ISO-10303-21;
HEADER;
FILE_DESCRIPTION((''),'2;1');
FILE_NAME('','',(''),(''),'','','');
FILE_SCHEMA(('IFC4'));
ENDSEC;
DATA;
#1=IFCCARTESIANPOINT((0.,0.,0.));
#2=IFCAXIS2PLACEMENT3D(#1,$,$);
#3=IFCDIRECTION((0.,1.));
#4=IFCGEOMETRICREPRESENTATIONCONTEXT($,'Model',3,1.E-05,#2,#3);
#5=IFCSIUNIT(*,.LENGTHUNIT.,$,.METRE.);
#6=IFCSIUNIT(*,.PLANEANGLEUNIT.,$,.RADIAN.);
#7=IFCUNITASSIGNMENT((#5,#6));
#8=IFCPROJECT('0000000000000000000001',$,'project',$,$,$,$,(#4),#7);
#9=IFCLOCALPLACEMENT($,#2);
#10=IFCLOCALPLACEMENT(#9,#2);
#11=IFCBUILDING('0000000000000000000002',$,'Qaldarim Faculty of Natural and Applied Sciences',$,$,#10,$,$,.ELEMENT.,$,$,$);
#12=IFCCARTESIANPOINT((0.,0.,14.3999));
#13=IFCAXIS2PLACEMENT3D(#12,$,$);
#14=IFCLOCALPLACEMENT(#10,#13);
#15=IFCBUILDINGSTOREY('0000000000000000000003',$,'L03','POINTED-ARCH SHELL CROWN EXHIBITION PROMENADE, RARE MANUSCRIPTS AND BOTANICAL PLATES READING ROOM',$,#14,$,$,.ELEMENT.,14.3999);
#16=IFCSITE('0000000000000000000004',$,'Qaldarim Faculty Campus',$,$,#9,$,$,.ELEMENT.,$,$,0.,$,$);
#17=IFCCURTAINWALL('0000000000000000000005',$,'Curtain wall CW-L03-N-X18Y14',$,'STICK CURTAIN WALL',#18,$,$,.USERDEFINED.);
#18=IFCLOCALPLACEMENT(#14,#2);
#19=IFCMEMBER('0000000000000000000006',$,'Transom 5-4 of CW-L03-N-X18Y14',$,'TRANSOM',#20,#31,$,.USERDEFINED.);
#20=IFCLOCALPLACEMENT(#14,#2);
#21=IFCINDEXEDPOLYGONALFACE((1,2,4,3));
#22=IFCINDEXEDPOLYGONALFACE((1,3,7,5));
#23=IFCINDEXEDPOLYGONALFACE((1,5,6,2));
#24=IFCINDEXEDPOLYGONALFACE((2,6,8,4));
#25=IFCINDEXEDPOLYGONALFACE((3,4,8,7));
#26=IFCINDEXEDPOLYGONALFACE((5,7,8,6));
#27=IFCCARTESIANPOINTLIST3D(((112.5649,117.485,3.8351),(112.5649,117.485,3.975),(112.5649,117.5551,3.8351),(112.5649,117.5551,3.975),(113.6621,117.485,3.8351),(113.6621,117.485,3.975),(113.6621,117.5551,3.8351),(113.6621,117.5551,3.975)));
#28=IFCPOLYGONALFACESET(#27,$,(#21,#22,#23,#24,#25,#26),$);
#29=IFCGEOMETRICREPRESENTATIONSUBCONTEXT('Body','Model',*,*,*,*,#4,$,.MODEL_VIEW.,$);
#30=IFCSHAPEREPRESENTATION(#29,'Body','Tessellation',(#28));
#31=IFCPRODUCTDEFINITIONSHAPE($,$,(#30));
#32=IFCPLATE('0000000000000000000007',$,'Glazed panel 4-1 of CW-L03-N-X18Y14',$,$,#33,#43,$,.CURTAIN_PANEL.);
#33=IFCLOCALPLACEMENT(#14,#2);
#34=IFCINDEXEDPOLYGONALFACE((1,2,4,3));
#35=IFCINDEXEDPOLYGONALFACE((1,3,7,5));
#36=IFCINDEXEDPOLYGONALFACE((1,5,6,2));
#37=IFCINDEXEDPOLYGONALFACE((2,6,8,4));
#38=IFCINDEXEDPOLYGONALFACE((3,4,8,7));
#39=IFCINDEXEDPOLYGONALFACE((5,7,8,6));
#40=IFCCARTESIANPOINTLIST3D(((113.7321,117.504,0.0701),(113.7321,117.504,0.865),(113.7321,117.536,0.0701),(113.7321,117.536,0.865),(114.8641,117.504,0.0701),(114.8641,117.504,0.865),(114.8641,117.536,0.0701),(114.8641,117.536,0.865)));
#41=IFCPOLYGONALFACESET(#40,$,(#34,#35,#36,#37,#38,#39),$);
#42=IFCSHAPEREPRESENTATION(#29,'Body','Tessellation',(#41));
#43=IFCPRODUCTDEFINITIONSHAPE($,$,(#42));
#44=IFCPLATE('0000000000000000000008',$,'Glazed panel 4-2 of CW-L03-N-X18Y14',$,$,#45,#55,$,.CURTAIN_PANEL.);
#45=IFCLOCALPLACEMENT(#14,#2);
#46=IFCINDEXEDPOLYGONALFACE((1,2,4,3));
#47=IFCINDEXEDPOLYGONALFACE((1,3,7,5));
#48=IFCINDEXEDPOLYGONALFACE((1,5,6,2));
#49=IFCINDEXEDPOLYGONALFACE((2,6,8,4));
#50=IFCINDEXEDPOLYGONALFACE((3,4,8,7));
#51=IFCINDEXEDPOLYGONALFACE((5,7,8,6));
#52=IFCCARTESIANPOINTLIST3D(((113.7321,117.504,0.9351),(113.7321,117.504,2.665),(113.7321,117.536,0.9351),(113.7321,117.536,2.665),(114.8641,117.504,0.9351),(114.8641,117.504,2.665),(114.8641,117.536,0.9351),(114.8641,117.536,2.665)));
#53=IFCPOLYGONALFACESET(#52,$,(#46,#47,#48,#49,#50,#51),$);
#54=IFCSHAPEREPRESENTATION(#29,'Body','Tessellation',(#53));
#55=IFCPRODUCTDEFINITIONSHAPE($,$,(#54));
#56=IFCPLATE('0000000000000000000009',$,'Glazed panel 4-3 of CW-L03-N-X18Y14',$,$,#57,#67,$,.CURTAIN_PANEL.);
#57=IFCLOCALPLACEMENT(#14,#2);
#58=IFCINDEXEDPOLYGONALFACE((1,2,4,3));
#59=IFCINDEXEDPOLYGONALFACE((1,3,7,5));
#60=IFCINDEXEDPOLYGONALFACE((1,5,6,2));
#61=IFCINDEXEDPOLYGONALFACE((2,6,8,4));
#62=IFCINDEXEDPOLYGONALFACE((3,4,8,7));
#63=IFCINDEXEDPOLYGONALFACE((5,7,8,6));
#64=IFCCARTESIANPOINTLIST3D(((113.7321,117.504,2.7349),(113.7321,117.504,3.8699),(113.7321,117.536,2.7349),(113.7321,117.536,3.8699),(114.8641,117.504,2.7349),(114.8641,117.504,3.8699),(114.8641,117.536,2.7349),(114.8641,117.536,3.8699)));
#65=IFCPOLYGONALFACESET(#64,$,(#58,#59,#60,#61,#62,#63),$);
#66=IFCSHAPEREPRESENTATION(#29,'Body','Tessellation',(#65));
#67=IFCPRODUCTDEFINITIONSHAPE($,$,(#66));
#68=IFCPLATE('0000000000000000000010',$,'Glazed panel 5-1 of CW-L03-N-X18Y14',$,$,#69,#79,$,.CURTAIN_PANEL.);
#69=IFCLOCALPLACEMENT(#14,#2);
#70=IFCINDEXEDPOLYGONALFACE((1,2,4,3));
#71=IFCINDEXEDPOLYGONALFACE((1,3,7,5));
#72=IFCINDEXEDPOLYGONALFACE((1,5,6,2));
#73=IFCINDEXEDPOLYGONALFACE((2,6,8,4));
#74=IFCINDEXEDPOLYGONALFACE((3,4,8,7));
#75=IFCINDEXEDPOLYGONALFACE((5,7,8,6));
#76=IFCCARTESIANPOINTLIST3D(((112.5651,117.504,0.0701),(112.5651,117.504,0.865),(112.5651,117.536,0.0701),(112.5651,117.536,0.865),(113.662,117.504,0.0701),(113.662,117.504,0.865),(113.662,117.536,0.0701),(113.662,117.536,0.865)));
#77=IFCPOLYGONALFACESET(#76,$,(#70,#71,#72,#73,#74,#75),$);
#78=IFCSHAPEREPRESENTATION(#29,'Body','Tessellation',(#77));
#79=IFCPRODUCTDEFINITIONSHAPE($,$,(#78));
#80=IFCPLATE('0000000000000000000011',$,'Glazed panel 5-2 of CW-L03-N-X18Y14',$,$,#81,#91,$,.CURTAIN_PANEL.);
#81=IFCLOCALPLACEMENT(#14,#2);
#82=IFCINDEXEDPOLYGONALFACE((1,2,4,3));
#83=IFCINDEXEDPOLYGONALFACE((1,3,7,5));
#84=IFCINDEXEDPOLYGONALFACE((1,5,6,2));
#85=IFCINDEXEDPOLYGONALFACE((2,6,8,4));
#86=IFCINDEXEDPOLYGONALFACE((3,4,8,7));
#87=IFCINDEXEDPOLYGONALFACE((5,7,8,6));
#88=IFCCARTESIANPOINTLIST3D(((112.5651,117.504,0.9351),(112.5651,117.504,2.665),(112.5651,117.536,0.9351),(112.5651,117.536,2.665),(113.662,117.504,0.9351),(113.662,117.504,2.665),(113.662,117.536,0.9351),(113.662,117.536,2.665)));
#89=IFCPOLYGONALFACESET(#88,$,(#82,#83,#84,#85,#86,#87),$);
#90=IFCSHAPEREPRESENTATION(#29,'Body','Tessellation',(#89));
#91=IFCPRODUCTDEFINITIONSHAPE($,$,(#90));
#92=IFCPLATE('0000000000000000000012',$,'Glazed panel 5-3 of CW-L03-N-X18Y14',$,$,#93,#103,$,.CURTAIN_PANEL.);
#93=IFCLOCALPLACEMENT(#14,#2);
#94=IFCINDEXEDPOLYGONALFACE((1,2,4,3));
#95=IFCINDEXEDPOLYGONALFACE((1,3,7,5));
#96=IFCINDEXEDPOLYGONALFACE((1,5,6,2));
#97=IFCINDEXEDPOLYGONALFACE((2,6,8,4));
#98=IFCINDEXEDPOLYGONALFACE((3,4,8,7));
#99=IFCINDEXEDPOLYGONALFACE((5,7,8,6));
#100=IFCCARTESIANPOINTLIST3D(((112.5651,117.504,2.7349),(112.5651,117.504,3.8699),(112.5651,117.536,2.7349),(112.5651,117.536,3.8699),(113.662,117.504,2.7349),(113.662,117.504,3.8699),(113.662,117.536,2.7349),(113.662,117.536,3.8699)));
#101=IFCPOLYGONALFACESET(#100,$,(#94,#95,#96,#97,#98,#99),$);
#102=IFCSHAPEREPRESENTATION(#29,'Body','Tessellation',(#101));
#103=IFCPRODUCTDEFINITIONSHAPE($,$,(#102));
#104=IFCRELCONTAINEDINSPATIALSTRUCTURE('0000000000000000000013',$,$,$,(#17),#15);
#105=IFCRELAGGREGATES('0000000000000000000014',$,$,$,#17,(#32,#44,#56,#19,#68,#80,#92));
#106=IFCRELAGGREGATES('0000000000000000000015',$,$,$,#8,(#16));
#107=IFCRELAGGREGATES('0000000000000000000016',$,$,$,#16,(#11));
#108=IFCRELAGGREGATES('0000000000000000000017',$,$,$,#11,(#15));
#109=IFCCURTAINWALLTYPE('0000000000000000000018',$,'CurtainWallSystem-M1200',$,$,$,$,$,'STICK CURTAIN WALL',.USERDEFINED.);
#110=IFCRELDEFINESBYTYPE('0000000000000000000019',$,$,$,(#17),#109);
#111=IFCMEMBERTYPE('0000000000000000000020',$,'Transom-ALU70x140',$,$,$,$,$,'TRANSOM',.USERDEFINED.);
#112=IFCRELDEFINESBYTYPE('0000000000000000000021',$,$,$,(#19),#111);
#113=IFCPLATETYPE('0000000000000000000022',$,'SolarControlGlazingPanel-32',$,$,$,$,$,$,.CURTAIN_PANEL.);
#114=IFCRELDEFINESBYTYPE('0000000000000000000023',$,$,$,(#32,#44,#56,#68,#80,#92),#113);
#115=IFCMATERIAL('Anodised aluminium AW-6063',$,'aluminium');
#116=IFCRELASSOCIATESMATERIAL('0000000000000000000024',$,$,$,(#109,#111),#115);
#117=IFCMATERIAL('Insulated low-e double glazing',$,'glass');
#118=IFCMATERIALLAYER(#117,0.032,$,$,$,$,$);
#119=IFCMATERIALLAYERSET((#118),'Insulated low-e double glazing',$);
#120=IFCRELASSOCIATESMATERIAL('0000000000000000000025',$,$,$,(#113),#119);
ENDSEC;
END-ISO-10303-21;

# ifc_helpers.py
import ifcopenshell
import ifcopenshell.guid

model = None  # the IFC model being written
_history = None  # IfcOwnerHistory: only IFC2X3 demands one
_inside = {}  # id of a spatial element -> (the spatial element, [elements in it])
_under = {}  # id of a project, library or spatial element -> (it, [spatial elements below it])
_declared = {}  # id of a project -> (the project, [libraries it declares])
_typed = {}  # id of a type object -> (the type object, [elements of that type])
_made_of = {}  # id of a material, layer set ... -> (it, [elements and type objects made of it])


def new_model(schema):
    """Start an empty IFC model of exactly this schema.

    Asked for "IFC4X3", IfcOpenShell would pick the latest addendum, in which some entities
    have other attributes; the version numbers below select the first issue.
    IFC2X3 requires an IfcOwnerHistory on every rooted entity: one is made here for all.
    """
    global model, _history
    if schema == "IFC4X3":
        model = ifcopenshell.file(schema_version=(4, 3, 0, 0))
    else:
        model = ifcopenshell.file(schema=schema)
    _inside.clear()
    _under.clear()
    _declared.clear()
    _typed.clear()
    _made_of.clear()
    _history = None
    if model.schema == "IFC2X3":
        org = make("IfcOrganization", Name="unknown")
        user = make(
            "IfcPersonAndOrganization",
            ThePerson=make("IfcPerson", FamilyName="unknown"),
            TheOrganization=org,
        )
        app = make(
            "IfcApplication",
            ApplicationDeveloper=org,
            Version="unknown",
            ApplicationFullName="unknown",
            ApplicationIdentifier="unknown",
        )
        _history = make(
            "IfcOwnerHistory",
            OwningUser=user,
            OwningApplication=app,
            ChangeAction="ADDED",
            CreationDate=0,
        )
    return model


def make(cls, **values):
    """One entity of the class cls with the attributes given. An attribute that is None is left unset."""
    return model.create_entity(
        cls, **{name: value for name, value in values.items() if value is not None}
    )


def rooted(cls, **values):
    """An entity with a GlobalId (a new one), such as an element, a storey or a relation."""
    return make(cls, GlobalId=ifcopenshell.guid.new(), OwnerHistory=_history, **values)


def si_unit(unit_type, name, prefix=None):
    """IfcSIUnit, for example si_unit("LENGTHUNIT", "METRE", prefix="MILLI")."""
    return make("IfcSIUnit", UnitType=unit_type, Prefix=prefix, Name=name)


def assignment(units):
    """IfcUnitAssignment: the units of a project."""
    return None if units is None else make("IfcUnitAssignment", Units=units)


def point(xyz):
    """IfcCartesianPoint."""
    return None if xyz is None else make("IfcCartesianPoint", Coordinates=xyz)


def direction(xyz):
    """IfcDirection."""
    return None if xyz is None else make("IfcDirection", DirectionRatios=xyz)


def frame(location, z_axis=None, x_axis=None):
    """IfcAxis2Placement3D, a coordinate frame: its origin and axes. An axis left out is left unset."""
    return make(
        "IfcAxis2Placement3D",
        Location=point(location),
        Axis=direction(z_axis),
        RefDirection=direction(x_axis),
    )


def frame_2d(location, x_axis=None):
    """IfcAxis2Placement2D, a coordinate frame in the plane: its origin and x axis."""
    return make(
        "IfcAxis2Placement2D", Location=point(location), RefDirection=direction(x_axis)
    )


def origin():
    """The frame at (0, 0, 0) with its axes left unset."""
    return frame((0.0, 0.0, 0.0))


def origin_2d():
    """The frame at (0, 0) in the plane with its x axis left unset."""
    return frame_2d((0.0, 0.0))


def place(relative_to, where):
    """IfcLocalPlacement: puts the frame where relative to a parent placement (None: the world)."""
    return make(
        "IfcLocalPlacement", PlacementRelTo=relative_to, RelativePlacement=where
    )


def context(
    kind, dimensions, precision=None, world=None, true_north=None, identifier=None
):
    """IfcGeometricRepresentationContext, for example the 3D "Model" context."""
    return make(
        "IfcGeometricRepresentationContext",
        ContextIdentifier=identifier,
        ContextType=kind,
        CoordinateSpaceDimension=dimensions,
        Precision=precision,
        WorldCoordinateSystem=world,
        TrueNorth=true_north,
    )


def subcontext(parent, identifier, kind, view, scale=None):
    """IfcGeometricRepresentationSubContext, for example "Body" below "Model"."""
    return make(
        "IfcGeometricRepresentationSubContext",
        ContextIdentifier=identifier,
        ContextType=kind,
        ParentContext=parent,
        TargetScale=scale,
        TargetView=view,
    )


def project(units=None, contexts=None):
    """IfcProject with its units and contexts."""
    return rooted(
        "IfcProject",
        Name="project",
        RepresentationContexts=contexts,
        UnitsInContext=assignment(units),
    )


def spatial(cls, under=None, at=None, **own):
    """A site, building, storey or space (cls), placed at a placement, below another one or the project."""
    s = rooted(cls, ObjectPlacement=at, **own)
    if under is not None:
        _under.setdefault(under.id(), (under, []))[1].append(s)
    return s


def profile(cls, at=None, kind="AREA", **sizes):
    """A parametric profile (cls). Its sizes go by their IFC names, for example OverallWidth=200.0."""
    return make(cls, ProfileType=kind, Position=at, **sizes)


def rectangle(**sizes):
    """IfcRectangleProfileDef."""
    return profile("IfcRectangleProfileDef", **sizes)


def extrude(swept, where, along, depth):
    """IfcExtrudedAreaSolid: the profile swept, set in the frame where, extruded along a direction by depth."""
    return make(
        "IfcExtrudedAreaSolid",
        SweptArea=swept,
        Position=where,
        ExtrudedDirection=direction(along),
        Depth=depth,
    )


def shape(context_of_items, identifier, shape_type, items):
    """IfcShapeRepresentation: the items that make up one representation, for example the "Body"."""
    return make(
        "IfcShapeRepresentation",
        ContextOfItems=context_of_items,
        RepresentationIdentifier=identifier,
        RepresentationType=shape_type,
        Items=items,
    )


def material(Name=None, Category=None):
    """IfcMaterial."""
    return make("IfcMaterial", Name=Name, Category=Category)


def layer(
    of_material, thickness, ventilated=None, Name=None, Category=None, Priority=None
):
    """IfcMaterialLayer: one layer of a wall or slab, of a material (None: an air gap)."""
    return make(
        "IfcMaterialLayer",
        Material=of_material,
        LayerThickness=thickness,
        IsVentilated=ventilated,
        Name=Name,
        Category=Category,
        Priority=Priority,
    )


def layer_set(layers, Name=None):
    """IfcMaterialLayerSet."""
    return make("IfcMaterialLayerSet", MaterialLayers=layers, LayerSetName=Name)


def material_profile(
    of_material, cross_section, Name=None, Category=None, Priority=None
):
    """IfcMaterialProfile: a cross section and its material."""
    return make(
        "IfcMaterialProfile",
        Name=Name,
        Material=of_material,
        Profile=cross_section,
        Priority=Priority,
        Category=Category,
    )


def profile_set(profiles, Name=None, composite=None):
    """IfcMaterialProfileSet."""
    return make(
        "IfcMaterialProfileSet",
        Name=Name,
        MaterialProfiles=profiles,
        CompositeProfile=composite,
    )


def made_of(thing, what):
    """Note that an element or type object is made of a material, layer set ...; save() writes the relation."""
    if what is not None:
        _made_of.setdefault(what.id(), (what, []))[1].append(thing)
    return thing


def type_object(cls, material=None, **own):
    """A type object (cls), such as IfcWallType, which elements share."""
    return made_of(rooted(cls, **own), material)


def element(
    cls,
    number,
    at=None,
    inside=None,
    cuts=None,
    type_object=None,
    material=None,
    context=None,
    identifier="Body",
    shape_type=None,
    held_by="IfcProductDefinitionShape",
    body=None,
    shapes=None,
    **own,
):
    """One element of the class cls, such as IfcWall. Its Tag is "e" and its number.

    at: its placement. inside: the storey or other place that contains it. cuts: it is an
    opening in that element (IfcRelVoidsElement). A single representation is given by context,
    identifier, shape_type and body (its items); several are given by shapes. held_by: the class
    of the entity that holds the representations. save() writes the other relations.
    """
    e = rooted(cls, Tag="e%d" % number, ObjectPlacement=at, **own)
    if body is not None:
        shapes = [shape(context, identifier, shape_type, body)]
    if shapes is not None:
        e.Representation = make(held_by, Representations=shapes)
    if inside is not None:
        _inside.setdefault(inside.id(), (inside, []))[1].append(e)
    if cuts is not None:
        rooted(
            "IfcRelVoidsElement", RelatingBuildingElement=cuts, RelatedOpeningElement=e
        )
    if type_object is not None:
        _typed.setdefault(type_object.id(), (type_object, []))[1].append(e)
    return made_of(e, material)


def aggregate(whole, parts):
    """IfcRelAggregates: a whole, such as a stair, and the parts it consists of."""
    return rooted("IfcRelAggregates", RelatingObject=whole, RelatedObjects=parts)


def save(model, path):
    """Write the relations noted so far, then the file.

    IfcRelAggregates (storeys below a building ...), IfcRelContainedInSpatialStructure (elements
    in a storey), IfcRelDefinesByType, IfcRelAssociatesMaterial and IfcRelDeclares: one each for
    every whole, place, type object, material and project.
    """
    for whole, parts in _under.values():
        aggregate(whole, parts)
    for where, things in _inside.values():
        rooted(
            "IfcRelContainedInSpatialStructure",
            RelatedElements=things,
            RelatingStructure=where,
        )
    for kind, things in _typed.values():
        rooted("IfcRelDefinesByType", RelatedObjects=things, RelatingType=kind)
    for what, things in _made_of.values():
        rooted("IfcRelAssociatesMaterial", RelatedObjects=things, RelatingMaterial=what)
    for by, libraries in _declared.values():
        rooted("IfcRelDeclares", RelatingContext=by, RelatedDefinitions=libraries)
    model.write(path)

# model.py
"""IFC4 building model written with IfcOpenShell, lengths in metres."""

from ifc_helpers import new_model, si_unit, direction, frame, origin, origin_2d, place, context, subcontext, project, spatial, rectangle, extrude, material, layer, layer_set, material_profile, profile_set, type_object, element, aggregate, save


model = new_model("IFC4")

# Units and contexts
model_context = context("Model", 3, precision=1e-05, world=origin(), true_north=direction((0.0, 1.0)))
body_context = subcontext(model_context, "Body", "Model", "MODEL_VIEW")
ifc_project = project(units=[si_unit("LENGTHUNIT", "METRE"), si_unit("PLANEANGLEUNIT", "RADIAN")], contexts=[model_context])

# Site, building, storey
site_placement = place(None, origin())
site = spatial("IfcSite", under=ifc_project, at=site_placement, Name="Qaldarim Faculty Campus", CompositionType="ELEMENT", RefElevation=0.0)
building_placement = place(site_placement, origin())
building = spatial("IfcBuilding", under=site, at=building_placement, Name="Qaldarim Faculty of Natural and Applied Sciences", CompositionType="ELEMENT")
storey_placement = place(building_placement, frame((0.0, 0.0, 14.3999)))
storey = spatial("IfcBuildingStorey", under=building, at=storey_placement, Name="L03", Description="POINTED-ARCH SHELL CROWN EXHIBITION PROMENADE, RARE MANUSCRIPTS AND BOTANICAL PLATES READING ROOM", CompositionType="ELEMENT", Elevation=14.3999)

# Curtain wall, member, plates
ifc_material_1 = material(Name="Anodised aluminium AW-6063", Category="aluminium")
curtain_wall_type = type_object("IfcCurtainWallType", Name="CurtainWallSystem-M1200", ElementType="STICK CURTAIN WALL", PredefinedType="USERDEFINED", material=ifc_material_1)
curtain_wall_placement = place(storey_placement, origin())
curtain_wall = element("IfcCurtainWall", 1, at=curtain_wall_placement, inside=storey, type_object=curtain_wall_type, Name="Curtain wall CW-L03-N-X18Y14", ObjectType="STICK CURTAIN WALL", PredefinedType="USERDEFINED")
ifc_material_profile_1 = material_profile(ifc_material_1, rectangle(XDim=0.0701, YDim=0.1399, at=origin_2d()), Name="ALU-T70x140")
ifc_profile_set_1 = profile_set([ifc_material_profile_1], Name="Anodised aluminium AW-6063")
member_type_1 = type_object("IfcMemberType", Name="Transom-ALU70x140", ElementType="TRANSOM", PredefinedType="USERDEFINED", material=ifc_profile_set_1)
member_1_placement = place(storey_placement, frame((113.6621, 117.52, 3.905), z_axis=(-1.0, 0.0, 0.0), x_axis=(0.0, -1.0, 0.0)))
member_1 = element("IfcMember", 2, at=member_1_placement, type_object=member_type_1, Name="Transom 5-4 of CW-L03-N-X18Y14", ObjectType="TRANSOM", PredefinedType="USERDEFINED", context=body_context, shape_type="SweptSolid", body=[
    extrude(rectangle(XDim=0.0701, YDim=0.1399, at=origin_2d()), origin(), (0.0, 0.0, 1.0), 1.0972),
])
ifc_material_2 = material(Name="Insulated low-e double glazing", Category="glass")
ifc_layer = layer(ifc_material_2, 0.032)
ifc_layer_set = layer_set([ifc_layer], Name="Insulated low-e double glazing")
plate_type = type_object("IfcPlateType", Name="SolarControlGlazingPanel-32", PredefinedType="CURTAIN_PANEL", material=ifc_layer_set)
plate_1_placement = place(storey_placement, frame((114.2981, 117.52, 0.0701), z_axis=(0.0, 0.0, 1.0), x_axis=(-1.0, 0.0, 0.0)))
plate_1 = element("IfcPlate", 3, at=plate_1_placement, type_object=plate_type, Name="Glazed panel 4-1 of CW-L03-N-X18Y14", PredefinedType="CURTAIN_PANEL", context=body_context, shape_type="SweptSolid", body=[
    extrude(rectangle(XDim=1.1321, YDim=0.032, at=origin_2d()), origin(), (0.0, 0.0, 1.0), 0.7949),
])
plate_2_placement = place(storey_placement, frame((114.2981, 117.52, 0.9351), z_axis=(0.0, 0.0, 1.0), x_axis=(-1.0, 0.0, 0.0)))
plate_2 = element("IfcPlate", 4, at=plate_2_placement, type_object=plate_type, Name="Glazed panel 4-2 of CW-L03-N-X18Y14", PredefinedType="CURTAIN_PANEL", context=body_context, shape_type="SweptSolid", body=[
    extrude(rectangle(XDim=1.1321, YDim=0.032, at=origin_2d()), origin(), (0.0, 0.0, 1.0), 1.73),
])
plate_3_placement = place(storey_placement, frame((114.2981, 117.52, 2.7349), z_axis=(0.0, 0.0, 1.0), x_axis=(-1.0, 0.0, 0.0)))
plate_3 = element("IfcPlate", 5, at=plate_3_placement, type_object=plate_type, Name="Glazed panel 4-3 of CW-L03-N-X18Y14", PredefinedType="CURTAIN_PANEL", context=body_context, shape_type="SweptSolid", body=[
    extrude(rectangle(XDim=1.1321, YDim=0.032, at=origin_2d()), origin(), (0.0, 0.0, 1.0), 1.135),
])
plate_4_placement = place(storey_placement, frame((113.1135, 117.52, 0.0701), z_axis=(0.0, 0.0, 1.0), x_axis=(-1.0, 0.0, 0.0)))
plate_4 = element("IfcPlate", 6, at=plate_4_placement, type_object=plate_type, Name="Glazed panel 5-1 of CW-L03-N-X18Y14", PredefinedType="CURTAIN_PANEL", context=body_context, shape_type="SweptSolid", body=[
    extrude(rectangle(XDim=1.0969, YDim=0.032, at=origin_2d()), origin(), (0.0, 0.0, 1.0), 0.7949),
])
plate_5_placement = place(storey_placement, frame((113.1135, 117.52, 0.9351), z_axis=(0.0, 0.0, 1.0), x_axis=(-1.0, 0.0, 0.0)))
plate_5 = element("IfcPlate", 7, at=plate_5_placement, type_object=plate_type, Name="Glazed panel 5-2 of CW-L03-N-X18Y14", PredefinedType="CURTAIN_PANEL", context=body_context, shape_type="SweptSolid", body=[
    extrude(rectangle(XDim=1.0969, YDim=0.032, at=origin_2d()), origin(), (0.0, 0.0, 1.0), 1.73),
])
plate_6_placement = place(storey_placement, frame((113.1135, 117.52, 2.7349), z_axis=(0.0, 0.0, 1.0), x_axis=(-1.0, 0.0, 0.0)))
plate_6 = element("IfcPlate", 8, at=plate_6_placement, type_object=plate_type, Name="Glazed panel 5-3 of CW-L03-N-X18Y14", PredefinedType="CURTAIN_PANEL", context=body_context, shape_type="SweptSolid", body=[
    extrude(rectangle(XDim=1.0969, YDim=0.032, at=origin_2d()), origin(), (0.0, 0.0, 1.0), 1.135),
])
aggregate(curtain_wall, [plate_1, plate_2, plate_3, member_1, plate_4, plate_5, plate_6])

save(model, "model.ifc")
